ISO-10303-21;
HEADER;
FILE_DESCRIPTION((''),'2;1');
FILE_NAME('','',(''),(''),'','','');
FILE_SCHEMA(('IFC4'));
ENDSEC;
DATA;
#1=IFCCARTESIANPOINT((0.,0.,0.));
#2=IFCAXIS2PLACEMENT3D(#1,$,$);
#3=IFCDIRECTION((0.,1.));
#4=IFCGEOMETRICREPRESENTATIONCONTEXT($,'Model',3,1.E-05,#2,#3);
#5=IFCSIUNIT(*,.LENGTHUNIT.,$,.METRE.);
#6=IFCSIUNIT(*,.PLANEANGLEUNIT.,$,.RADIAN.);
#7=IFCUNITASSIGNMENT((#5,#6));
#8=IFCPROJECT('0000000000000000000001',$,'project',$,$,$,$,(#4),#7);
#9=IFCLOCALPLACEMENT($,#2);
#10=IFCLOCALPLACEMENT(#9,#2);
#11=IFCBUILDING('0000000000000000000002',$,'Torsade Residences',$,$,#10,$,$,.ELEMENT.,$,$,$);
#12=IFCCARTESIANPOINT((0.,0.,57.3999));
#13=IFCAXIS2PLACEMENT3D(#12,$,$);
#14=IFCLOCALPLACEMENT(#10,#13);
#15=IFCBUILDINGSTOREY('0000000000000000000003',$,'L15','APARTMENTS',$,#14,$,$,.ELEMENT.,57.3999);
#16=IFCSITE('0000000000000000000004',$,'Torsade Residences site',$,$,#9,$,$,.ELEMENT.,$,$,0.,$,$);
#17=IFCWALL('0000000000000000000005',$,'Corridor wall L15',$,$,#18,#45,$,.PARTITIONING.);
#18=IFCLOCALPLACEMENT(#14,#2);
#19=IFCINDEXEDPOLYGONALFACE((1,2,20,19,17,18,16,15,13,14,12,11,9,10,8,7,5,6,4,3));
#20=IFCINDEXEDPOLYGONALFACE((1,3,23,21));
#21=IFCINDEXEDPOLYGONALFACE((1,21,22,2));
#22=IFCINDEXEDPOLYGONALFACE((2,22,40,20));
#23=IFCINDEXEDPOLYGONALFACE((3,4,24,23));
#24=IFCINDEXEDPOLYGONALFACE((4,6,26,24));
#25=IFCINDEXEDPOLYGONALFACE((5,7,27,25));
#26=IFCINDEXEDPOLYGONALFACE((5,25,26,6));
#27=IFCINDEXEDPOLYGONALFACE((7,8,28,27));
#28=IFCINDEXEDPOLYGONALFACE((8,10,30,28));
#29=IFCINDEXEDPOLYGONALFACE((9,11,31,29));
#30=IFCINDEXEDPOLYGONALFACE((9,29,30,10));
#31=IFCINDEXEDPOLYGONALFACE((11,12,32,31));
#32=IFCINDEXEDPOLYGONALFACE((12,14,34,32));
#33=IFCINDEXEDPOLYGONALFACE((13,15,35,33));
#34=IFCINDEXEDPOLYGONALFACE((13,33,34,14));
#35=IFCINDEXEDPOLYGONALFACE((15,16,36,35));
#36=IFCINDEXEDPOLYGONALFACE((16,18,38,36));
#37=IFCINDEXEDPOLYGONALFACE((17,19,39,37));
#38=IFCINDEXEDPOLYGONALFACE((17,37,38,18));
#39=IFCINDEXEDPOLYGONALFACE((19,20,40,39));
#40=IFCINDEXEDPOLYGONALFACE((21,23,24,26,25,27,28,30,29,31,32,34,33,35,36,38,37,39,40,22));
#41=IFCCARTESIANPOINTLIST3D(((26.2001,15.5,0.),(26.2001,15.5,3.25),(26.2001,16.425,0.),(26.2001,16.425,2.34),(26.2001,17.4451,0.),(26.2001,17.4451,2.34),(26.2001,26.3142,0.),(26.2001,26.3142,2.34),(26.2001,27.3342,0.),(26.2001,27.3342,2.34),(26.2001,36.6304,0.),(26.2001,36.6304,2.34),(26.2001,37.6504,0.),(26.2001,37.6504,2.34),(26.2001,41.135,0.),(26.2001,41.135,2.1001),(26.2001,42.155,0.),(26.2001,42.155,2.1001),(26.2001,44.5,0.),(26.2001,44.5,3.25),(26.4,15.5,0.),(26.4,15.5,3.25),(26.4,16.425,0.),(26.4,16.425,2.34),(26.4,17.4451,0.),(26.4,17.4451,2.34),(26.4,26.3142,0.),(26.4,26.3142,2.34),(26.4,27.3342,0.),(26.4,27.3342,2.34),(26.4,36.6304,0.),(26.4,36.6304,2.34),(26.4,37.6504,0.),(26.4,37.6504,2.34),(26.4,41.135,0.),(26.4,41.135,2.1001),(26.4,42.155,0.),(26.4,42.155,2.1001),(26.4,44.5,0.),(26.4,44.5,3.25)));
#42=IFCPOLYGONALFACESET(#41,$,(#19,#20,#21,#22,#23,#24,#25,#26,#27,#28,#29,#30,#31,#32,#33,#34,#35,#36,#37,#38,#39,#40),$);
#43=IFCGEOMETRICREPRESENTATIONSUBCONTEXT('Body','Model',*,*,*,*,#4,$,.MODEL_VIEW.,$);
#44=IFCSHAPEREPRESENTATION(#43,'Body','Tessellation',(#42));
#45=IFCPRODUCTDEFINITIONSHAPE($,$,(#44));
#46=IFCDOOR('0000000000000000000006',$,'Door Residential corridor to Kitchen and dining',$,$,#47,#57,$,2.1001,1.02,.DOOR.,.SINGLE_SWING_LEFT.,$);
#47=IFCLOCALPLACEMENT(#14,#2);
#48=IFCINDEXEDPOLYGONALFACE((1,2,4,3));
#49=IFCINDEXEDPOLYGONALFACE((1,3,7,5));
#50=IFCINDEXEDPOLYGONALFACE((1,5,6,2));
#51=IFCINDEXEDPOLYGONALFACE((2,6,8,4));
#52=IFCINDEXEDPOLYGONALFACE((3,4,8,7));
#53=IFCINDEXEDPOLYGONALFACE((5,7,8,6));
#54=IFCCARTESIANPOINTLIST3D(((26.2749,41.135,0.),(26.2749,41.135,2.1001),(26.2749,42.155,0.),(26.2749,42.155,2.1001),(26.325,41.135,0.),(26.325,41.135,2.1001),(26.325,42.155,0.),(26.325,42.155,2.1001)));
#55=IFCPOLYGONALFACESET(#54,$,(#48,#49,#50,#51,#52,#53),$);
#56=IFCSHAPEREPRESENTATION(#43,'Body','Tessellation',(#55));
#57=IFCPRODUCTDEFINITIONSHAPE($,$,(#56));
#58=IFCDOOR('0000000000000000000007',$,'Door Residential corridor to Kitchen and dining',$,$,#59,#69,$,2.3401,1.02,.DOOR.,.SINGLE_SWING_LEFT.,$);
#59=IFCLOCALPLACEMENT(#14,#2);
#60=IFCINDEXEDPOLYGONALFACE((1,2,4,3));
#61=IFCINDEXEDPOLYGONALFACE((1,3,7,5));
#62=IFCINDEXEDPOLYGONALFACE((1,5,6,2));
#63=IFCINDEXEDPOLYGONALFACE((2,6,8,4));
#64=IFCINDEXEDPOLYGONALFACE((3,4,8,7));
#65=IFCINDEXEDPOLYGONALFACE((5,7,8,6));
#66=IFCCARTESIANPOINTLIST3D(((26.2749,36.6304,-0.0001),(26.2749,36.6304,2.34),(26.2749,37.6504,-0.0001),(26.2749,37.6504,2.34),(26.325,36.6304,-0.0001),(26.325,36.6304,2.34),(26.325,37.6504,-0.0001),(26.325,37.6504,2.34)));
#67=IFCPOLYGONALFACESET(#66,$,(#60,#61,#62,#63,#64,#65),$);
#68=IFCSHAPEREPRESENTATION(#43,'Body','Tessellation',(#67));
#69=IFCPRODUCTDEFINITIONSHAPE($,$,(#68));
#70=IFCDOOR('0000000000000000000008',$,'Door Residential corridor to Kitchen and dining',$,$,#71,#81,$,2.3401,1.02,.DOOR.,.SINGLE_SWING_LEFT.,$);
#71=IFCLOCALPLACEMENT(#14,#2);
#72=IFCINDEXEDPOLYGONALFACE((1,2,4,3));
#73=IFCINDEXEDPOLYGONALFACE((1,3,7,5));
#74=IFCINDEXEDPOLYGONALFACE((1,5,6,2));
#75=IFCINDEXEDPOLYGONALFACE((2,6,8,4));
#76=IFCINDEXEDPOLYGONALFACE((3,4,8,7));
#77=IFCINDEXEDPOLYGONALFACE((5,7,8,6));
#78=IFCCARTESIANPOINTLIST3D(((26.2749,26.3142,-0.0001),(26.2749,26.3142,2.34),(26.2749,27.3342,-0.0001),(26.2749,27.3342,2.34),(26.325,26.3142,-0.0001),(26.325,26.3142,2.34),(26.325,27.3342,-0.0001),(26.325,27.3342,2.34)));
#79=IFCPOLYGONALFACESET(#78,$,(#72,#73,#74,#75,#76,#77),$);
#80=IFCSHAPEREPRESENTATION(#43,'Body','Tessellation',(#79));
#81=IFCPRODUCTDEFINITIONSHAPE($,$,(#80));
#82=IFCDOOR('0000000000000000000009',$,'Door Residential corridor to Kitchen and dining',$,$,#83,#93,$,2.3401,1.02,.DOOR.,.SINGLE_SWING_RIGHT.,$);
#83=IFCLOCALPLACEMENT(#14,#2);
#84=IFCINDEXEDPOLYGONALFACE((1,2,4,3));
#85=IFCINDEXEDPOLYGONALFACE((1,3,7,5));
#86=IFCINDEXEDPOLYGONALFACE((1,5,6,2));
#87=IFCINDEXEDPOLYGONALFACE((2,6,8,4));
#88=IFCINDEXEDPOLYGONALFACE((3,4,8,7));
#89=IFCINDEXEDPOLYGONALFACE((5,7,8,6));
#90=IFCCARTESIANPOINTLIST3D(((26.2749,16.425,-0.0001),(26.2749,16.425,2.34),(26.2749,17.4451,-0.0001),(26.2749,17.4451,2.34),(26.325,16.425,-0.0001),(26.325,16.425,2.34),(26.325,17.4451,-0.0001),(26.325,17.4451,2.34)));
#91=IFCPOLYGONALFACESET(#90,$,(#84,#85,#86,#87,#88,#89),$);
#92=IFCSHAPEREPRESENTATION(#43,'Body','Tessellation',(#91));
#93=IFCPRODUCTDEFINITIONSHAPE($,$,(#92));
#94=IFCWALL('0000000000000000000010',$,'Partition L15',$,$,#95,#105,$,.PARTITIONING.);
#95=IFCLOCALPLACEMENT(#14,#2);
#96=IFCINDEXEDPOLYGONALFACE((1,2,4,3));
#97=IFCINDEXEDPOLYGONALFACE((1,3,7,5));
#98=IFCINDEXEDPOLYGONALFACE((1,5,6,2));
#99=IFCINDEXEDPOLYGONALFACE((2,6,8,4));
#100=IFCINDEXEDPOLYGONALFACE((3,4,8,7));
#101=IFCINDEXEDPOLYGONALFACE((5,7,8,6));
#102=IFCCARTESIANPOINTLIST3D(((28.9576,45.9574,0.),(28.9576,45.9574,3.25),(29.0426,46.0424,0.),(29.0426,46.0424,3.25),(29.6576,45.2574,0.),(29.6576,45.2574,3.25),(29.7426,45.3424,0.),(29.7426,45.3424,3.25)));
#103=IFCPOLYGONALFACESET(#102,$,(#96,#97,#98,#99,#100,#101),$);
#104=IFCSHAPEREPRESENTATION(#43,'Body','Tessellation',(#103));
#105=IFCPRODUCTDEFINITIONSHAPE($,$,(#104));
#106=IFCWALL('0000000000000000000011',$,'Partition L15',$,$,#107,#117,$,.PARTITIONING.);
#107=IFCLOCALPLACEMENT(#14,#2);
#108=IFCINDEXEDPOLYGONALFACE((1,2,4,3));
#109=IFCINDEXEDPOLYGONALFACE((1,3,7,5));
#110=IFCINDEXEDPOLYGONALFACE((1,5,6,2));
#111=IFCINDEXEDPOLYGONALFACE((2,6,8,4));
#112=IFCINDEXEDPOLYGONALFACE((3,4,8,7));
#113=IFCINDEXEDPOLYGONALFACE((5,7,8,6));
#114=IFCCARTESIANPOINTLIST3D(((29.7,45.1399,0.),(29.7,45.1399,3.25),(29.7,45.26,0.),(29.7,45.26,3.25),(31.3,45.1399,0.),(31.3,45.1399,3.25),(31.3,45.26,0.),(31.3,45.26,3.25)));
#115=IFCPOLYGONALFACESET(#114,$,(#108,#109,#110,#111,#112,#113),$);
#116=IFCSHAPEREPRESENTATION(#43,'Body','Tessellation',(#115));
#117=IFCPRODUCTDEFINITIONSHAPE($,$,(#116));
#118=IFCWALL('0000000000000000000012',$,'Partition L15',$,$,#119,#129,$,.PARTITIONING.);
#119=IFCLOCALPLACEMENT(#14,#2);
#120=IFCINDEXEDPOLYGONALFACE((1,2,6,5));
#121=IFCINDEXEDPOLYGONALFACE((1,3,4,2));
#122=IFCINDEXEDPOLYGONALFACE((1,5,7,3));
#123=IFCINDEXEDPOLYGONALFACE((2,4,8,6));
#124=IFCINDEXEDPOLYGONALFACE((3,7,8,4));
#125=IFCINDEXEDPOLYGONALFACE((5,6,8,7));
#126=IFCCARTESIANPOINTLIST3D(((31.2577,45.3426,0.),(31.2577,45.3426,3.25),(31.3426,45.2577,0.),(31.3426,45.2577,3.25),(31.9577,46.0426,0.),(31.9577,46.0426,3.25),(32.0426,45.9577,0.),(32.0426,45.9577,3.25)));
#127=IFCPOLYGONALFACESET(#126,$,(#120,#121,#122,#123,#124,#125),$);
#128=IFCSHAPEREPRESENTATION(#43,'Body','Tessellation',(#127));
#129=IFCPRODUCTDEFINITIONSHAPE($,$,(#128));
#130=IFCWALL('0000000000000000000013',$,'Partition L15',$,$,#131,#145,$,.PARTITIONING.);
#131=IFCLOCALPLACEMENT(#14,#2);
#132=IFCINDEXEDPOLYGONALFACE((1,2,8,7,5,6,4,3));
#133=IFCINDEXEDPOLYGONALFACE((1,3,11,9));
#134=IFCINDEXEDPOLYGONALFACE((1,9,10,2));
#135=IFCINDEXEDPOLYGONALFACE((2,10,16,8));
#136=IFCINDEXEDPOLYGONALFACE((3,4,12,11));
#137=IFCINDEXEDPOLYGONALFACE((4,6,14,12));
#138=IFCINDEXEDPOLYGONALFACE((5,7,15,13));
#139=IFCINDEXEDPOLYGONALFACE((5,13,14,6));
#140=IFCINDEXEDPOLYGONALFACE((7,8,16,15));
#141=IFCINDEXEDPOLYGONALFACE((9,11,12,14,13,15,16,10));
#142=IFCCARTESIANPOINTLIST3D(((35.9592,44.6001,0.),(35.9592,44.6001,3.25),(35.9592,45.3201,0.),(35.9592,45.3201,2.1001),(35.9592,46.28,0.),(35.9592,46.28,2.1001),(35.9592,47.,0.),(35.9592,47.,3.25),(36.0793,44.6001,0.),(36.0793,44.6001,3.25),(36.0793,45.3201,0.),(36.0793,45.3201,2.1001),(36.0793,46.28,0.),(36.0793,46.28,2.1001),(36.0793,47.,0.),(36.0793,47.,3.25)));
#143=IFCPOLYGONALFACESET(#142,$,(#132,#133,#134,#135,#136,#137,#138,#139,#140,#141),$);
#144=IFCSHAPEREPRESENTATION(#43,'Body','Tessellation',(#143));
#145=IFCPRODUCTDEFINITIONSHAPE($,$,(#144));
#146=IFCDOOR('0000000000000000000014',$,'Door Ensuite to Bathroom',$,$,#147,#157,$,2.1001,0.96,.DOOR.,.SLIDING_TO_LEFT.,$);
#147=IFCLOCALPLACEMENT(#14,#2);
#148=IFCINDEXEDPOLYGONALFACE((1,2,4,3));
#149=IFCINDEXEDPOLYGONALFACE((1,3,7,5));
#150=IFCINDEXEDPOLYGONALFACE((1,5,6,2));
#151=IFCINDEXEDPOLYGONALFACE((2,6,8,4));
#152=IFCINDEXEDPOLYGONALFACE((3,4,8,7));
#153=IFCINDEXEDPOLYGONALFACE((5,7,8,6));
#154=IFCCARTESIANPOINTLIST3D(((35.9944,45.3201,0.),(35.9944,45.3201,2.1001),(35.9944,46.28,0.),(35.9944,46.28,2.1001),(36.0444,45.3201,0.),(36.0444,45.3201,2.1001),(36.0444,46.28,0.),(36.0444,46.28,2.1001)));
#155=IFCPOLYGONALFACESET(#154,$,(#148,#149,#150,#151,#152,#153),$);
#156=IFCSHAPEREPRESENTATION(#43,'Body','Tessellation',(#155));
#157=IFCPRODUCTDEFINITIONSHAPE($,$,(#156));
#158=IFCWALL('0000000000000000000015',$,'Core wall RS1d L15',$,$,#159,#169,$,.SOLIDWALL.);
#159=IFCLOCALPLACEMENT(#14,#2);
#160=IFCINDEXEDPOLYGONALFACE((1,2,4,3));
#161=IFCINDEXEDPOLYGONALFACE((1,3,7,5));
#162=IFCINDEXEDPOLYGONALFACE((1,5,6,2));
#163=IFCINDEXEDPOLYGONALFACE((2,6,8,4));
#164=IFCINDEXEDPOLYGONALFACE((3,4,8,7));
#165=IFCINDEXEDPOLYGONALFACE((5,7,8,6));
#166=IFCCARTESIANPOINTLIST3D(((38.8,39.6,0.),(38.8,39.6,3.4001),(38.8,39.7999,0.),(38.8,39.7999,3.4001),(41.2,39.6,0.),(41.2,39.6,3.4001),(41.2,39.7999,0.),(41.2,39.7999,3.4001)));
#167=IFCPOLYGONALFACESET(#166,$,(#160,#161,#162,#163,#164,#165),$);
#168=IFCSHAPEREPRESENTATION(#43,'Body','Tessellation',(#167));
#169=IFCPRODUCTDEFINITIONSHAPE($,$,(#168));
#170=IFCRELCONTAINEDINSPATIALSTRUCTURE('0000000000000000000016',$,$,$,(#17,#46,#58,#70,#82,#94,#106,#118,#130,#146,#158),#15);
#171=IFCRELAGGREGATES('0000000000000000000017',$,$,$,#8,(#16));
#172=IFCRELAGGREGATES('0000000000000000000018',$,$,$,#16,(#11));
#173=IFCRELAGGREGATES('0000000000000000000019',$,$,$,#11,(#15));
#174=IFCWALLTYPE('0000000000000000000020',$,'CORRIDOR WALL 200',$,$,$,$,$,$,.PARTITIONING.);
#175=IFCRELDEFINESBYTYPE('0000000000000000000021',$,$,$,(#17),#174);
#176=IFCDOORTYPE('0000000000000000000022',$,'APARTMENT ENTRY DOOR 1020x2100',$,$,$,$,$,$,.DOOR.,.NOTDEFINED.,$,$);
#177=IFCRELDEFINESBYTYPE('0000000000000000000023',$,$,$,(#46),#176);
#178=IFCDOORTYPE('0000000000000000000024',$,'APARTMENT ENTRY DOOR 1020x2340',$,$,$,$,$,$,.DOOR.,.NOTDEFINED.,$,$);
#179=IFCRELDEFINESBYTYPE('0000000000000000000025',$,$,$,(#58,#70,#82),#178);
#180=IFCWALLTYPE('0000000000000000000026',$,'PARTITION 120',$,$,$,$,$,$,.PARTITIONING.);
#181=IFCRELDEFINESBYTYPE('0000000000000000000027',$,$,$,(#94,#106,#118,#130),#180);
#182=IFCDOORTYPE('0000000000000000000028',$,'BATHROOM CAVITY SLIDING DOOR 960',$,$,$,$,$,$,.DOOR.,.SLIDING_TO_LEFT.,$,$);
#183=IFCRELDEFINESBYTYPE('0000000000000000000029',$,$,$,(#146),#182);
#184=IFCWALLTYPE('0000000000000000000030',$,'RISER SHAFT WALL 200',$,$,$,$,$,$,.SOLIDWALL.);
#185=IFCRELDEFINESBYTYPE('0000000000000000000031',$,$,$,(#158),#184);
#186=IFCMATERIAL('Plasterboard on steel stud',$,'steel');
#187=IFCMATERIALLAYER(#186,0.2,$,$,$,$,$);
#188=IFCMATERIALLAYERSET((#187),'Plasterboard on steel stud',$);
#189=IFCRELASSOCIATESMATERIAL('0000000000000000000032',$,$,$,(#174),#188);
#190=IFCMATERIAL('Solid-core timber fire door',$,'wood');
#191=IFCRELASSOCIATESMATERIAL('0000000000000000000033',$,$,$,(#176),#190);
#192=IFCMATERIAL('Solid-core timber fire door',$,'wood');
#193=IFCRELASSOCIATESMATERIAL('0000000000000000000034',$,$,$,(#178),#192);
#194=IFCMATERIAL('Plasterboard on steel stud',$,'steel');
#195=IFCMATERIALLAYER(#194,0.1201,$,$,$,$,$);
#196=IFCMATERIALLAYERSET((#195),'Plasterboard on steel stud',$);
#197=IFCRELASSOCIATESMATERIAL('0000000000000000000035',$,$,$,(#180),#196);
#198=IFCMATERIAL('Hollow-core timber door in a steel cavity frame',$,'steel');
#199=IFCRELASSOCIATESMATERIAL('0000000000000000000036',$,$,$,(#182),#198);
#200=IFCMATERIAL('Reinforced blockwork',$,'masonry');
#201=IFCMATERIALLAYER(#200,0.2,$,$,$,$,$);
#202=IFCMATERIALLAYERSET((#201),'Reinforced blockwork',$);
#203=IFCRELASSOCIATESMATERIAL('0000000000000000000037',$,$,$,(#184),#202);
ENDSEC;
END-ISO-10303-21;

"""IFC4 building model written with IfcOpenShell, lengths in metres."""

from ifc_helpers import new_model, si_unit, direction, frame, frame_2d, origin, place, context, subcontext, project, spatial, rectangle, extrude, material, layer, layer_set, type_object, element, fill, save


model = new_model("IFC4")

# Units and contexts
model_context = context("Model", 3, precision=1e-05, world=origin(), true_north=direction((0.0, 1.0)))
body_context = subcontext(model_context, "Body", "Model", "MODEL_VIEW")
ifc_project = project(units=[si_unit("LENGTHUNIT", "METRE"), si_unit("PLANEANGLEUNIT", "RADIAN")], contexts=[model_context])

# Site, building, storey
site_placement = place(None, origin())
site = spatial("IfcSite", under=ifc_project, at=site_placement, Name="Torsade Residences site", CompositionType="ELEMENT", RefElevation=0.0)
building_placement = place(site_placement, origin())
building = spatial("IfcBuilding", under=site, at=building_placement, Name="Torsade Residences", CompositionType="ELEMENT")
storey_placement = place(building_placement, frame((0.0, 0.0, 57.3999)))
storey = spatial("IfcBuildingStorey", under=building, at=storey_placement, Name="L15", Description="APARTMENTS", CompositionType="ELEMENT", Elevation=57.3999)

# Wall, openings, doors
ifc_material_1 = material(Name="Plasterboard on steel stud", Category="steel")
ifc_layer_1 = layer(ifc_material_1, 0.2)
ifc_layer_set_1 = layer_set([ifc_layer_1], Name="Plasterboard on steel stud")
wall_type_1 = type_object("IfcWallType", Name="CORRIDOR WALL 200", PredefinedType="PARTITIONING", material=ifc_layer_set_1)
wall_1_placement = place(storey_placement, frame((26.3, 44.5, 0.0), z_axis=(0.0, 0.0, 1.0), x_axis=(0.0, -1.0, 0.0)))
wall_1 = element("IfcWall", 1, at=wall_1_placement, inside=storey, type_object=wall_type_1, Name="Corridor wall L15", PredefinedType="PARTITIONING", context=body_context, shape_type="SweptSolid", body=[
    extrude(rectangle(XDim=29.0, YDim=0.2, at=frame_2d((14.5, 0.0))), origin(), (0.0, 0.0, 1.0), 3.25),
])
opening_1_placement = place(wall_1_placement, frame((6.8496, 0.0, 0.0)))
opening_1 = element("IfcOpeningElement", 2, at=opening_1_placement, cuts=wall_1, PredefinedType="OPENING", context=body_context, shape_type="SweptSolid", body=[
    extrude(rectangle(XDim=1.02, YDim=2.3401, at=frame_2d((0.51, 1.1699))), frame((0.0, 0.1099, 0.0), z_axis=(0.0, -1.0, 0.0), x_axis=(1.0, 0.0, 0.0)), (0.0, 0.0, 1.0), 0.22),
])
opening_2_placement = place(wall_1_placement, frame((2.345, 0.0, 0.0)))
opening_2 = element("IfcOpeningElement", 3, at=opening_2_placement, cuts=wall_1, PredefinedType="OPENING", context=body_context, shape_type="SweptSolid", body=[
    extrude(rectangle(XDim=1.02, YDim=2.1001, at=frame_2d((0.51, 1.05))), frame((0.0, 0.1099, 0.0), z_axis=(0.0, -1.0, 0.0), x_axis=(1.0, 0.0, 0.0)), (0.0, 0.0, 1.0), 0.22),
])
opening_3_placement = place(wall_1_placement, frame((17.1658, 0.0, 0.0)))
opening_3 = element("IfcOpeningElement", 4, at=opening_3_placement, cuts=wall_1, PredefinedType="OPENING", context=body_context, shape_type="SweptSolid", body=[
    extrude(rectangle(XDim=1.02, YDim=2.3401, at=frame_2d((0.51, 1.1699))), frame((0.0, 0.1099, 0.0), z_axis=(0.0, -1.0, 0.0), x_axis=(1.0, 0.0, 0.0)), (0.0, 0.0, 1.0), 0.22),
])
opening_4_placement = place(wall_1_placement, frame((27.0549, 0.0, 0.0)))
opening_4 = element("IfcOpeningElement", 5, at=opening_4_placement, cuts=wall_1, PredefinedType="OPENING", context=body_context, shape_type="SweptSolid", body=[
    extrude(rectangle(XDim=1.02, YDim=2.3401, at=frame_2d((0.51, 1.1699))), frame((0.0, 0.1099, 0.0), z_axis=(0.0, -1.0, 0.0), x_axis=(1.0, 0.0, 0.0)), (0.0, 0.0, 1.0), 0.22),
])
ifc_material_2 = material(Name="Solid-core timber fire door", Category="wood")
door_type_1 = type_object("IfcDoorType", Name="APARTMENT ENTRY DOOR 1020x2100", OperationType="NOTDEFINED", PredefinedType="DOOR", material=ifc_material_2)
door_1_placement = place(opening_2_placement, origin())
door_1 = element("IfcDoor", 6, at=door_1_placement, inside=storey, type_object=door_type_1, Name="Door Residential corridor to Kitchen and dining", OperationType="SINGLE_SWING_LEFT", OverallHeight=2.1001, OverallWidth=1.02, PredefinedType="DOOR", context=body_context, shape_type="SweptSolid", body=[
    extrude(rectangle(XDim=1.02, YDim=2.1001, at=frame_2d((0.51, 1.05))), frame((0.0, 0.0249, 0.0), z_axis=(0.0, -1.0, 0.0), x_axis=(1.0, 0.0, 0.0)), (0.0, 0.0, 1.0), 0.05),
])
fill(opening_2, door_1)
ifc_material_3 = material(Name="Solid-core timber fire door", Category="wood")
door_type_2 = type_object("IfcDoorType", Name="APARTMENT ENTRY DOOR 1020x2340", OperationType="NOTDEFINED", PredefinedType="DOOR", material=ifc_material_3)
door_2_placement = place(opening_1_placement, origin())
door_2 = element("IfcDoor", 7, at=door_2_placement, inside=storey, type_object=door_type_2, Name="Door Residential corridor to Kitchen and dining", OperationType="SINGLE_SWING_LEFT", OverallHeight=2.3401, OverallWidth=1.02, PredefinedType="DOOR", context=body_context, shape_type="SweptSolid", body=[
    extrude(rectangle(XDim=1.02, YDim=2.3401, at=frame_2d((0.51, 1.1699))), frame((0.0, 0.0249, 0.0), z_axis=(0.0, -1.0, 0.0), x_axis=(1.0, 0.0, 0.0)), (0.0, 0.0, 1.0), 0.05),
])
fill(opening_1, door_2)
door_3_placement = place(opening_3_placement, origin())
door_3 = element("IfcDoor", 8, at=door_3_placement, inside=storey, type_object=door_type_2, Name="Door Residential corridor to Kitchen and dining", OperationType="SINGLE_SWING_LEFT", OverallHeight=2.3401, OverallWidth=1.02, PredefinedType="DOOR", context=body_context, shape_type="SweptSolid", body=[
    extrude(rectangle(XDim=1.02, YDim=2.3401, at=frame_2d((0.51, 1.1699))), frame((0.0, 0.0249, 0.0), z_axis=(0.0, -1.0, 0.0), x_axis=(1.0, 0.0, 0.0)), (0.0, 0.0, 1.0), 0.05),
])
fill(opening_3, door_3)
door_4_placement = place(opening_4_placement, origin())
door_4 = element("IfcDoor", 9, at=door_4_placement, inside=storey, type_object=door_type_2, Name="Door Residential corridor to Kitchen and dining", OperationType="SINGLE_SWING_RIGHT", OverallHeight=2.3401, OverallWidth=1.02, PredefinedType="DOOR", context=body_context, shape_type="SweptSolid", body=[
    extrude(rectangle(XDim=1.02, YDim=2.3401, at=frame_2d((0.51, 1.1699))), frame((0.0, 0.0249, 0.0), z_axis=(0.0, -1.0, 0.0), x_axis=(1.0, 0.0, 0.0)), (0.0, 0.0, 1.0), 0.05),
])
fill(opening_4, door_4)

# Walls
ifc_material_4 = material(Name="Plasterboard on steel stud", Category="steel")
ifc_layer_2 = layer(ifc_material_4, 0.1201)
ifc_layer_set_2 = layer_set([ifc_layer_2], Name="Plasterboard on steel stud")
wall_type_2 = type_object("IfcWallType", Name="PARTITION 120", PredefinedType="PARTITIONING", material=ifc_layer_set_2)
wall_2_placement = place(storey_placement, frame((29.0, 46.0, 0.0), z_axis=(0.0, 0.0, 1.0), x_axis=(0.707107, -0.707107, 0.0)))
element("IfcWall", 10, at=wall_2_placement, inside=storey, type_object=wall_type_2, Name="Partition L15", PredefinedType="PARTITIONING", context=body_context, shape_type="SweptSolid", body=[
    extrude(rectangle(XDim=0.99, YDim=0.1201, at=frame_2d((0.4951, 0.0))), origin(), (0.0, 0.0, 1.0), 3.25),
])
wall_3_placement = place(storey_placement, frame((29.7, 45.2, 0.0), z_axis=(0.0, 0.0, 1.0), x_axis=(1.0, 0.0, 0.0)))
element("IfcWall", 11, at=wall_3_placement, inside=storey, type_object=wall_type_2, Name="Partition L15", PredefinedType="PARTITIONING", context=body_context, shape_type="SweptSolid", body=[
    extrude(rectangle(XDim=1.6001, YDim=0.1201, at=frame_2d((0.8, 0.0))), origin(), (0.0, 0.0, 1.0), 3.25),
])
wall_4_placement = place(storey_placement, frame((31.3, 45.3, 0.0), z_axis=(0.0, 0.0, 1.0), x_axis=(0.707107, 0.707107, 0.0)))
element("IfcWall", 12, at=wall_4_placement, inside=storey, type_object=wall_type_2, Name="Partition L15", PredefinedType="PARTITIONING", context=body_context, shape_type="SweptSolid", body=[
    extrude(rectangle(XDim=0.99, YDim=0.1201, at=frame_2d((0.4951, 0.0))), origin(), (0.0, 0.0, 1.0), 3.25),
])

# Wall, opening, door
wall_5_placement = place(storey_placement, frame((36.0193, 44.6001, 0.0), z_axis=(0.0, 0.0, 1.0), x_axis=(0.0, 1.0, 0.0)))
wall_5 = element("IfcWall", 13, at=wall_5_placement, inside=storey, type_object=wall_type_2, Name="Partition L15", PredefinedType="PARTITIONING", context=body_context, shape_type="SweptSolid", body=[
    extrude(rectangle(XDim=2.3999, YDim=0.1201, at=frame_2d((1.2, 0.0))), origin(), (0.0, 0.0, 1.0), 3.25),
])
opening_5_placement = place(wall_5_placement, frame((0.72, 0.0, 0.0)))
opening_5 = element("IfcOpeningElement", 14, at=opening_5_placement, cuts=wall_5, PredefinedType="OPENING", context=body_context, shape_type="SweptSolid", body=[
    extrude(rectangle(XDim=0.96, YDim=2.1001, at=frame_2d((0.48, 1.05))), frame((0.0, 0.0701, 0.0), z_axis=(0.0, -1.0, 0.0), x_axis=(1.0, 0.0, 0.0)), (0.0, 0.0, 1.0), 0.1401),
])
ifc_material_5 = material(Name="Hollow-core timber door in a steel cavity frame", Category="steel")
door_type_3 = type_object("IfcDoorType", Name="BATHROOM CAVITY SLIDING DOOR 960", OperationType="SLIDING_TO_LEFT", PredefinedType="DOOR", material=ifc_material_5)
door_5_placement = place(opening_5_placement, origin())
door_5 = element("IfcDoor", 15, at=door_5_placement, inside=storey, type_object=door_type_3, Name="Door Ensuite to Bathroom", OperationType="SLIDING_TO_LEFT", OverallHeight=2.1001, OverallWidth=0.96, PredefinedType="DOOR", context=body_context, shape_type="SweptSolid", body=[
    extrude(rectangle(XDim=0.96, YDim=2.1001, at=frame_2d((0.48, 1.05))), frame((0.0, 0.0249, 0.0), z_axis=(0.0, -1.0, 0.0), x_axis=(1.0, 0.0, 0.0)), (0.0, 0.0, 1.0), 0.05),
])
fill(opening_5, door_5)

# Wall
ifc_material_6 = material(Name="Reinforced blockwork", Category="masonry")
ifc_layer_3 = layer(ifc_material_6, 0.2)
ifc_layer_set_3 = layer_set([ifc_layer_3], Name="Reinforced blockwork")
wall_type_3 = type_object("IfcWallType", Name="RISER SHAFT WALL 200", PredefinedType="SOLIDWALL", material=ifc_layer_set_3)
wall_6_placement = place(storey_placement, frame((38.8, 39.7, 0.0), z_axis=(0.0, 0.0, 1.0), x_axis=(1.0, 0.0, 0.0)))
element("IfcWall", 16, at=wall_6_placement, inside=storey, type_object=wall_type_3, Name="Core wall RS1d L15", PredefinedType="SOLIDWALL", context=body_context, shape_type="SweptSolid", body=[
    extrude(rectangle(XDim=2.3999, YDim=0.2, at=frame_2d((1.2, 0.0))), origin(), (0.0, 0.0, 1.0), 3.4001),
])

save(model, "model.ifc")
